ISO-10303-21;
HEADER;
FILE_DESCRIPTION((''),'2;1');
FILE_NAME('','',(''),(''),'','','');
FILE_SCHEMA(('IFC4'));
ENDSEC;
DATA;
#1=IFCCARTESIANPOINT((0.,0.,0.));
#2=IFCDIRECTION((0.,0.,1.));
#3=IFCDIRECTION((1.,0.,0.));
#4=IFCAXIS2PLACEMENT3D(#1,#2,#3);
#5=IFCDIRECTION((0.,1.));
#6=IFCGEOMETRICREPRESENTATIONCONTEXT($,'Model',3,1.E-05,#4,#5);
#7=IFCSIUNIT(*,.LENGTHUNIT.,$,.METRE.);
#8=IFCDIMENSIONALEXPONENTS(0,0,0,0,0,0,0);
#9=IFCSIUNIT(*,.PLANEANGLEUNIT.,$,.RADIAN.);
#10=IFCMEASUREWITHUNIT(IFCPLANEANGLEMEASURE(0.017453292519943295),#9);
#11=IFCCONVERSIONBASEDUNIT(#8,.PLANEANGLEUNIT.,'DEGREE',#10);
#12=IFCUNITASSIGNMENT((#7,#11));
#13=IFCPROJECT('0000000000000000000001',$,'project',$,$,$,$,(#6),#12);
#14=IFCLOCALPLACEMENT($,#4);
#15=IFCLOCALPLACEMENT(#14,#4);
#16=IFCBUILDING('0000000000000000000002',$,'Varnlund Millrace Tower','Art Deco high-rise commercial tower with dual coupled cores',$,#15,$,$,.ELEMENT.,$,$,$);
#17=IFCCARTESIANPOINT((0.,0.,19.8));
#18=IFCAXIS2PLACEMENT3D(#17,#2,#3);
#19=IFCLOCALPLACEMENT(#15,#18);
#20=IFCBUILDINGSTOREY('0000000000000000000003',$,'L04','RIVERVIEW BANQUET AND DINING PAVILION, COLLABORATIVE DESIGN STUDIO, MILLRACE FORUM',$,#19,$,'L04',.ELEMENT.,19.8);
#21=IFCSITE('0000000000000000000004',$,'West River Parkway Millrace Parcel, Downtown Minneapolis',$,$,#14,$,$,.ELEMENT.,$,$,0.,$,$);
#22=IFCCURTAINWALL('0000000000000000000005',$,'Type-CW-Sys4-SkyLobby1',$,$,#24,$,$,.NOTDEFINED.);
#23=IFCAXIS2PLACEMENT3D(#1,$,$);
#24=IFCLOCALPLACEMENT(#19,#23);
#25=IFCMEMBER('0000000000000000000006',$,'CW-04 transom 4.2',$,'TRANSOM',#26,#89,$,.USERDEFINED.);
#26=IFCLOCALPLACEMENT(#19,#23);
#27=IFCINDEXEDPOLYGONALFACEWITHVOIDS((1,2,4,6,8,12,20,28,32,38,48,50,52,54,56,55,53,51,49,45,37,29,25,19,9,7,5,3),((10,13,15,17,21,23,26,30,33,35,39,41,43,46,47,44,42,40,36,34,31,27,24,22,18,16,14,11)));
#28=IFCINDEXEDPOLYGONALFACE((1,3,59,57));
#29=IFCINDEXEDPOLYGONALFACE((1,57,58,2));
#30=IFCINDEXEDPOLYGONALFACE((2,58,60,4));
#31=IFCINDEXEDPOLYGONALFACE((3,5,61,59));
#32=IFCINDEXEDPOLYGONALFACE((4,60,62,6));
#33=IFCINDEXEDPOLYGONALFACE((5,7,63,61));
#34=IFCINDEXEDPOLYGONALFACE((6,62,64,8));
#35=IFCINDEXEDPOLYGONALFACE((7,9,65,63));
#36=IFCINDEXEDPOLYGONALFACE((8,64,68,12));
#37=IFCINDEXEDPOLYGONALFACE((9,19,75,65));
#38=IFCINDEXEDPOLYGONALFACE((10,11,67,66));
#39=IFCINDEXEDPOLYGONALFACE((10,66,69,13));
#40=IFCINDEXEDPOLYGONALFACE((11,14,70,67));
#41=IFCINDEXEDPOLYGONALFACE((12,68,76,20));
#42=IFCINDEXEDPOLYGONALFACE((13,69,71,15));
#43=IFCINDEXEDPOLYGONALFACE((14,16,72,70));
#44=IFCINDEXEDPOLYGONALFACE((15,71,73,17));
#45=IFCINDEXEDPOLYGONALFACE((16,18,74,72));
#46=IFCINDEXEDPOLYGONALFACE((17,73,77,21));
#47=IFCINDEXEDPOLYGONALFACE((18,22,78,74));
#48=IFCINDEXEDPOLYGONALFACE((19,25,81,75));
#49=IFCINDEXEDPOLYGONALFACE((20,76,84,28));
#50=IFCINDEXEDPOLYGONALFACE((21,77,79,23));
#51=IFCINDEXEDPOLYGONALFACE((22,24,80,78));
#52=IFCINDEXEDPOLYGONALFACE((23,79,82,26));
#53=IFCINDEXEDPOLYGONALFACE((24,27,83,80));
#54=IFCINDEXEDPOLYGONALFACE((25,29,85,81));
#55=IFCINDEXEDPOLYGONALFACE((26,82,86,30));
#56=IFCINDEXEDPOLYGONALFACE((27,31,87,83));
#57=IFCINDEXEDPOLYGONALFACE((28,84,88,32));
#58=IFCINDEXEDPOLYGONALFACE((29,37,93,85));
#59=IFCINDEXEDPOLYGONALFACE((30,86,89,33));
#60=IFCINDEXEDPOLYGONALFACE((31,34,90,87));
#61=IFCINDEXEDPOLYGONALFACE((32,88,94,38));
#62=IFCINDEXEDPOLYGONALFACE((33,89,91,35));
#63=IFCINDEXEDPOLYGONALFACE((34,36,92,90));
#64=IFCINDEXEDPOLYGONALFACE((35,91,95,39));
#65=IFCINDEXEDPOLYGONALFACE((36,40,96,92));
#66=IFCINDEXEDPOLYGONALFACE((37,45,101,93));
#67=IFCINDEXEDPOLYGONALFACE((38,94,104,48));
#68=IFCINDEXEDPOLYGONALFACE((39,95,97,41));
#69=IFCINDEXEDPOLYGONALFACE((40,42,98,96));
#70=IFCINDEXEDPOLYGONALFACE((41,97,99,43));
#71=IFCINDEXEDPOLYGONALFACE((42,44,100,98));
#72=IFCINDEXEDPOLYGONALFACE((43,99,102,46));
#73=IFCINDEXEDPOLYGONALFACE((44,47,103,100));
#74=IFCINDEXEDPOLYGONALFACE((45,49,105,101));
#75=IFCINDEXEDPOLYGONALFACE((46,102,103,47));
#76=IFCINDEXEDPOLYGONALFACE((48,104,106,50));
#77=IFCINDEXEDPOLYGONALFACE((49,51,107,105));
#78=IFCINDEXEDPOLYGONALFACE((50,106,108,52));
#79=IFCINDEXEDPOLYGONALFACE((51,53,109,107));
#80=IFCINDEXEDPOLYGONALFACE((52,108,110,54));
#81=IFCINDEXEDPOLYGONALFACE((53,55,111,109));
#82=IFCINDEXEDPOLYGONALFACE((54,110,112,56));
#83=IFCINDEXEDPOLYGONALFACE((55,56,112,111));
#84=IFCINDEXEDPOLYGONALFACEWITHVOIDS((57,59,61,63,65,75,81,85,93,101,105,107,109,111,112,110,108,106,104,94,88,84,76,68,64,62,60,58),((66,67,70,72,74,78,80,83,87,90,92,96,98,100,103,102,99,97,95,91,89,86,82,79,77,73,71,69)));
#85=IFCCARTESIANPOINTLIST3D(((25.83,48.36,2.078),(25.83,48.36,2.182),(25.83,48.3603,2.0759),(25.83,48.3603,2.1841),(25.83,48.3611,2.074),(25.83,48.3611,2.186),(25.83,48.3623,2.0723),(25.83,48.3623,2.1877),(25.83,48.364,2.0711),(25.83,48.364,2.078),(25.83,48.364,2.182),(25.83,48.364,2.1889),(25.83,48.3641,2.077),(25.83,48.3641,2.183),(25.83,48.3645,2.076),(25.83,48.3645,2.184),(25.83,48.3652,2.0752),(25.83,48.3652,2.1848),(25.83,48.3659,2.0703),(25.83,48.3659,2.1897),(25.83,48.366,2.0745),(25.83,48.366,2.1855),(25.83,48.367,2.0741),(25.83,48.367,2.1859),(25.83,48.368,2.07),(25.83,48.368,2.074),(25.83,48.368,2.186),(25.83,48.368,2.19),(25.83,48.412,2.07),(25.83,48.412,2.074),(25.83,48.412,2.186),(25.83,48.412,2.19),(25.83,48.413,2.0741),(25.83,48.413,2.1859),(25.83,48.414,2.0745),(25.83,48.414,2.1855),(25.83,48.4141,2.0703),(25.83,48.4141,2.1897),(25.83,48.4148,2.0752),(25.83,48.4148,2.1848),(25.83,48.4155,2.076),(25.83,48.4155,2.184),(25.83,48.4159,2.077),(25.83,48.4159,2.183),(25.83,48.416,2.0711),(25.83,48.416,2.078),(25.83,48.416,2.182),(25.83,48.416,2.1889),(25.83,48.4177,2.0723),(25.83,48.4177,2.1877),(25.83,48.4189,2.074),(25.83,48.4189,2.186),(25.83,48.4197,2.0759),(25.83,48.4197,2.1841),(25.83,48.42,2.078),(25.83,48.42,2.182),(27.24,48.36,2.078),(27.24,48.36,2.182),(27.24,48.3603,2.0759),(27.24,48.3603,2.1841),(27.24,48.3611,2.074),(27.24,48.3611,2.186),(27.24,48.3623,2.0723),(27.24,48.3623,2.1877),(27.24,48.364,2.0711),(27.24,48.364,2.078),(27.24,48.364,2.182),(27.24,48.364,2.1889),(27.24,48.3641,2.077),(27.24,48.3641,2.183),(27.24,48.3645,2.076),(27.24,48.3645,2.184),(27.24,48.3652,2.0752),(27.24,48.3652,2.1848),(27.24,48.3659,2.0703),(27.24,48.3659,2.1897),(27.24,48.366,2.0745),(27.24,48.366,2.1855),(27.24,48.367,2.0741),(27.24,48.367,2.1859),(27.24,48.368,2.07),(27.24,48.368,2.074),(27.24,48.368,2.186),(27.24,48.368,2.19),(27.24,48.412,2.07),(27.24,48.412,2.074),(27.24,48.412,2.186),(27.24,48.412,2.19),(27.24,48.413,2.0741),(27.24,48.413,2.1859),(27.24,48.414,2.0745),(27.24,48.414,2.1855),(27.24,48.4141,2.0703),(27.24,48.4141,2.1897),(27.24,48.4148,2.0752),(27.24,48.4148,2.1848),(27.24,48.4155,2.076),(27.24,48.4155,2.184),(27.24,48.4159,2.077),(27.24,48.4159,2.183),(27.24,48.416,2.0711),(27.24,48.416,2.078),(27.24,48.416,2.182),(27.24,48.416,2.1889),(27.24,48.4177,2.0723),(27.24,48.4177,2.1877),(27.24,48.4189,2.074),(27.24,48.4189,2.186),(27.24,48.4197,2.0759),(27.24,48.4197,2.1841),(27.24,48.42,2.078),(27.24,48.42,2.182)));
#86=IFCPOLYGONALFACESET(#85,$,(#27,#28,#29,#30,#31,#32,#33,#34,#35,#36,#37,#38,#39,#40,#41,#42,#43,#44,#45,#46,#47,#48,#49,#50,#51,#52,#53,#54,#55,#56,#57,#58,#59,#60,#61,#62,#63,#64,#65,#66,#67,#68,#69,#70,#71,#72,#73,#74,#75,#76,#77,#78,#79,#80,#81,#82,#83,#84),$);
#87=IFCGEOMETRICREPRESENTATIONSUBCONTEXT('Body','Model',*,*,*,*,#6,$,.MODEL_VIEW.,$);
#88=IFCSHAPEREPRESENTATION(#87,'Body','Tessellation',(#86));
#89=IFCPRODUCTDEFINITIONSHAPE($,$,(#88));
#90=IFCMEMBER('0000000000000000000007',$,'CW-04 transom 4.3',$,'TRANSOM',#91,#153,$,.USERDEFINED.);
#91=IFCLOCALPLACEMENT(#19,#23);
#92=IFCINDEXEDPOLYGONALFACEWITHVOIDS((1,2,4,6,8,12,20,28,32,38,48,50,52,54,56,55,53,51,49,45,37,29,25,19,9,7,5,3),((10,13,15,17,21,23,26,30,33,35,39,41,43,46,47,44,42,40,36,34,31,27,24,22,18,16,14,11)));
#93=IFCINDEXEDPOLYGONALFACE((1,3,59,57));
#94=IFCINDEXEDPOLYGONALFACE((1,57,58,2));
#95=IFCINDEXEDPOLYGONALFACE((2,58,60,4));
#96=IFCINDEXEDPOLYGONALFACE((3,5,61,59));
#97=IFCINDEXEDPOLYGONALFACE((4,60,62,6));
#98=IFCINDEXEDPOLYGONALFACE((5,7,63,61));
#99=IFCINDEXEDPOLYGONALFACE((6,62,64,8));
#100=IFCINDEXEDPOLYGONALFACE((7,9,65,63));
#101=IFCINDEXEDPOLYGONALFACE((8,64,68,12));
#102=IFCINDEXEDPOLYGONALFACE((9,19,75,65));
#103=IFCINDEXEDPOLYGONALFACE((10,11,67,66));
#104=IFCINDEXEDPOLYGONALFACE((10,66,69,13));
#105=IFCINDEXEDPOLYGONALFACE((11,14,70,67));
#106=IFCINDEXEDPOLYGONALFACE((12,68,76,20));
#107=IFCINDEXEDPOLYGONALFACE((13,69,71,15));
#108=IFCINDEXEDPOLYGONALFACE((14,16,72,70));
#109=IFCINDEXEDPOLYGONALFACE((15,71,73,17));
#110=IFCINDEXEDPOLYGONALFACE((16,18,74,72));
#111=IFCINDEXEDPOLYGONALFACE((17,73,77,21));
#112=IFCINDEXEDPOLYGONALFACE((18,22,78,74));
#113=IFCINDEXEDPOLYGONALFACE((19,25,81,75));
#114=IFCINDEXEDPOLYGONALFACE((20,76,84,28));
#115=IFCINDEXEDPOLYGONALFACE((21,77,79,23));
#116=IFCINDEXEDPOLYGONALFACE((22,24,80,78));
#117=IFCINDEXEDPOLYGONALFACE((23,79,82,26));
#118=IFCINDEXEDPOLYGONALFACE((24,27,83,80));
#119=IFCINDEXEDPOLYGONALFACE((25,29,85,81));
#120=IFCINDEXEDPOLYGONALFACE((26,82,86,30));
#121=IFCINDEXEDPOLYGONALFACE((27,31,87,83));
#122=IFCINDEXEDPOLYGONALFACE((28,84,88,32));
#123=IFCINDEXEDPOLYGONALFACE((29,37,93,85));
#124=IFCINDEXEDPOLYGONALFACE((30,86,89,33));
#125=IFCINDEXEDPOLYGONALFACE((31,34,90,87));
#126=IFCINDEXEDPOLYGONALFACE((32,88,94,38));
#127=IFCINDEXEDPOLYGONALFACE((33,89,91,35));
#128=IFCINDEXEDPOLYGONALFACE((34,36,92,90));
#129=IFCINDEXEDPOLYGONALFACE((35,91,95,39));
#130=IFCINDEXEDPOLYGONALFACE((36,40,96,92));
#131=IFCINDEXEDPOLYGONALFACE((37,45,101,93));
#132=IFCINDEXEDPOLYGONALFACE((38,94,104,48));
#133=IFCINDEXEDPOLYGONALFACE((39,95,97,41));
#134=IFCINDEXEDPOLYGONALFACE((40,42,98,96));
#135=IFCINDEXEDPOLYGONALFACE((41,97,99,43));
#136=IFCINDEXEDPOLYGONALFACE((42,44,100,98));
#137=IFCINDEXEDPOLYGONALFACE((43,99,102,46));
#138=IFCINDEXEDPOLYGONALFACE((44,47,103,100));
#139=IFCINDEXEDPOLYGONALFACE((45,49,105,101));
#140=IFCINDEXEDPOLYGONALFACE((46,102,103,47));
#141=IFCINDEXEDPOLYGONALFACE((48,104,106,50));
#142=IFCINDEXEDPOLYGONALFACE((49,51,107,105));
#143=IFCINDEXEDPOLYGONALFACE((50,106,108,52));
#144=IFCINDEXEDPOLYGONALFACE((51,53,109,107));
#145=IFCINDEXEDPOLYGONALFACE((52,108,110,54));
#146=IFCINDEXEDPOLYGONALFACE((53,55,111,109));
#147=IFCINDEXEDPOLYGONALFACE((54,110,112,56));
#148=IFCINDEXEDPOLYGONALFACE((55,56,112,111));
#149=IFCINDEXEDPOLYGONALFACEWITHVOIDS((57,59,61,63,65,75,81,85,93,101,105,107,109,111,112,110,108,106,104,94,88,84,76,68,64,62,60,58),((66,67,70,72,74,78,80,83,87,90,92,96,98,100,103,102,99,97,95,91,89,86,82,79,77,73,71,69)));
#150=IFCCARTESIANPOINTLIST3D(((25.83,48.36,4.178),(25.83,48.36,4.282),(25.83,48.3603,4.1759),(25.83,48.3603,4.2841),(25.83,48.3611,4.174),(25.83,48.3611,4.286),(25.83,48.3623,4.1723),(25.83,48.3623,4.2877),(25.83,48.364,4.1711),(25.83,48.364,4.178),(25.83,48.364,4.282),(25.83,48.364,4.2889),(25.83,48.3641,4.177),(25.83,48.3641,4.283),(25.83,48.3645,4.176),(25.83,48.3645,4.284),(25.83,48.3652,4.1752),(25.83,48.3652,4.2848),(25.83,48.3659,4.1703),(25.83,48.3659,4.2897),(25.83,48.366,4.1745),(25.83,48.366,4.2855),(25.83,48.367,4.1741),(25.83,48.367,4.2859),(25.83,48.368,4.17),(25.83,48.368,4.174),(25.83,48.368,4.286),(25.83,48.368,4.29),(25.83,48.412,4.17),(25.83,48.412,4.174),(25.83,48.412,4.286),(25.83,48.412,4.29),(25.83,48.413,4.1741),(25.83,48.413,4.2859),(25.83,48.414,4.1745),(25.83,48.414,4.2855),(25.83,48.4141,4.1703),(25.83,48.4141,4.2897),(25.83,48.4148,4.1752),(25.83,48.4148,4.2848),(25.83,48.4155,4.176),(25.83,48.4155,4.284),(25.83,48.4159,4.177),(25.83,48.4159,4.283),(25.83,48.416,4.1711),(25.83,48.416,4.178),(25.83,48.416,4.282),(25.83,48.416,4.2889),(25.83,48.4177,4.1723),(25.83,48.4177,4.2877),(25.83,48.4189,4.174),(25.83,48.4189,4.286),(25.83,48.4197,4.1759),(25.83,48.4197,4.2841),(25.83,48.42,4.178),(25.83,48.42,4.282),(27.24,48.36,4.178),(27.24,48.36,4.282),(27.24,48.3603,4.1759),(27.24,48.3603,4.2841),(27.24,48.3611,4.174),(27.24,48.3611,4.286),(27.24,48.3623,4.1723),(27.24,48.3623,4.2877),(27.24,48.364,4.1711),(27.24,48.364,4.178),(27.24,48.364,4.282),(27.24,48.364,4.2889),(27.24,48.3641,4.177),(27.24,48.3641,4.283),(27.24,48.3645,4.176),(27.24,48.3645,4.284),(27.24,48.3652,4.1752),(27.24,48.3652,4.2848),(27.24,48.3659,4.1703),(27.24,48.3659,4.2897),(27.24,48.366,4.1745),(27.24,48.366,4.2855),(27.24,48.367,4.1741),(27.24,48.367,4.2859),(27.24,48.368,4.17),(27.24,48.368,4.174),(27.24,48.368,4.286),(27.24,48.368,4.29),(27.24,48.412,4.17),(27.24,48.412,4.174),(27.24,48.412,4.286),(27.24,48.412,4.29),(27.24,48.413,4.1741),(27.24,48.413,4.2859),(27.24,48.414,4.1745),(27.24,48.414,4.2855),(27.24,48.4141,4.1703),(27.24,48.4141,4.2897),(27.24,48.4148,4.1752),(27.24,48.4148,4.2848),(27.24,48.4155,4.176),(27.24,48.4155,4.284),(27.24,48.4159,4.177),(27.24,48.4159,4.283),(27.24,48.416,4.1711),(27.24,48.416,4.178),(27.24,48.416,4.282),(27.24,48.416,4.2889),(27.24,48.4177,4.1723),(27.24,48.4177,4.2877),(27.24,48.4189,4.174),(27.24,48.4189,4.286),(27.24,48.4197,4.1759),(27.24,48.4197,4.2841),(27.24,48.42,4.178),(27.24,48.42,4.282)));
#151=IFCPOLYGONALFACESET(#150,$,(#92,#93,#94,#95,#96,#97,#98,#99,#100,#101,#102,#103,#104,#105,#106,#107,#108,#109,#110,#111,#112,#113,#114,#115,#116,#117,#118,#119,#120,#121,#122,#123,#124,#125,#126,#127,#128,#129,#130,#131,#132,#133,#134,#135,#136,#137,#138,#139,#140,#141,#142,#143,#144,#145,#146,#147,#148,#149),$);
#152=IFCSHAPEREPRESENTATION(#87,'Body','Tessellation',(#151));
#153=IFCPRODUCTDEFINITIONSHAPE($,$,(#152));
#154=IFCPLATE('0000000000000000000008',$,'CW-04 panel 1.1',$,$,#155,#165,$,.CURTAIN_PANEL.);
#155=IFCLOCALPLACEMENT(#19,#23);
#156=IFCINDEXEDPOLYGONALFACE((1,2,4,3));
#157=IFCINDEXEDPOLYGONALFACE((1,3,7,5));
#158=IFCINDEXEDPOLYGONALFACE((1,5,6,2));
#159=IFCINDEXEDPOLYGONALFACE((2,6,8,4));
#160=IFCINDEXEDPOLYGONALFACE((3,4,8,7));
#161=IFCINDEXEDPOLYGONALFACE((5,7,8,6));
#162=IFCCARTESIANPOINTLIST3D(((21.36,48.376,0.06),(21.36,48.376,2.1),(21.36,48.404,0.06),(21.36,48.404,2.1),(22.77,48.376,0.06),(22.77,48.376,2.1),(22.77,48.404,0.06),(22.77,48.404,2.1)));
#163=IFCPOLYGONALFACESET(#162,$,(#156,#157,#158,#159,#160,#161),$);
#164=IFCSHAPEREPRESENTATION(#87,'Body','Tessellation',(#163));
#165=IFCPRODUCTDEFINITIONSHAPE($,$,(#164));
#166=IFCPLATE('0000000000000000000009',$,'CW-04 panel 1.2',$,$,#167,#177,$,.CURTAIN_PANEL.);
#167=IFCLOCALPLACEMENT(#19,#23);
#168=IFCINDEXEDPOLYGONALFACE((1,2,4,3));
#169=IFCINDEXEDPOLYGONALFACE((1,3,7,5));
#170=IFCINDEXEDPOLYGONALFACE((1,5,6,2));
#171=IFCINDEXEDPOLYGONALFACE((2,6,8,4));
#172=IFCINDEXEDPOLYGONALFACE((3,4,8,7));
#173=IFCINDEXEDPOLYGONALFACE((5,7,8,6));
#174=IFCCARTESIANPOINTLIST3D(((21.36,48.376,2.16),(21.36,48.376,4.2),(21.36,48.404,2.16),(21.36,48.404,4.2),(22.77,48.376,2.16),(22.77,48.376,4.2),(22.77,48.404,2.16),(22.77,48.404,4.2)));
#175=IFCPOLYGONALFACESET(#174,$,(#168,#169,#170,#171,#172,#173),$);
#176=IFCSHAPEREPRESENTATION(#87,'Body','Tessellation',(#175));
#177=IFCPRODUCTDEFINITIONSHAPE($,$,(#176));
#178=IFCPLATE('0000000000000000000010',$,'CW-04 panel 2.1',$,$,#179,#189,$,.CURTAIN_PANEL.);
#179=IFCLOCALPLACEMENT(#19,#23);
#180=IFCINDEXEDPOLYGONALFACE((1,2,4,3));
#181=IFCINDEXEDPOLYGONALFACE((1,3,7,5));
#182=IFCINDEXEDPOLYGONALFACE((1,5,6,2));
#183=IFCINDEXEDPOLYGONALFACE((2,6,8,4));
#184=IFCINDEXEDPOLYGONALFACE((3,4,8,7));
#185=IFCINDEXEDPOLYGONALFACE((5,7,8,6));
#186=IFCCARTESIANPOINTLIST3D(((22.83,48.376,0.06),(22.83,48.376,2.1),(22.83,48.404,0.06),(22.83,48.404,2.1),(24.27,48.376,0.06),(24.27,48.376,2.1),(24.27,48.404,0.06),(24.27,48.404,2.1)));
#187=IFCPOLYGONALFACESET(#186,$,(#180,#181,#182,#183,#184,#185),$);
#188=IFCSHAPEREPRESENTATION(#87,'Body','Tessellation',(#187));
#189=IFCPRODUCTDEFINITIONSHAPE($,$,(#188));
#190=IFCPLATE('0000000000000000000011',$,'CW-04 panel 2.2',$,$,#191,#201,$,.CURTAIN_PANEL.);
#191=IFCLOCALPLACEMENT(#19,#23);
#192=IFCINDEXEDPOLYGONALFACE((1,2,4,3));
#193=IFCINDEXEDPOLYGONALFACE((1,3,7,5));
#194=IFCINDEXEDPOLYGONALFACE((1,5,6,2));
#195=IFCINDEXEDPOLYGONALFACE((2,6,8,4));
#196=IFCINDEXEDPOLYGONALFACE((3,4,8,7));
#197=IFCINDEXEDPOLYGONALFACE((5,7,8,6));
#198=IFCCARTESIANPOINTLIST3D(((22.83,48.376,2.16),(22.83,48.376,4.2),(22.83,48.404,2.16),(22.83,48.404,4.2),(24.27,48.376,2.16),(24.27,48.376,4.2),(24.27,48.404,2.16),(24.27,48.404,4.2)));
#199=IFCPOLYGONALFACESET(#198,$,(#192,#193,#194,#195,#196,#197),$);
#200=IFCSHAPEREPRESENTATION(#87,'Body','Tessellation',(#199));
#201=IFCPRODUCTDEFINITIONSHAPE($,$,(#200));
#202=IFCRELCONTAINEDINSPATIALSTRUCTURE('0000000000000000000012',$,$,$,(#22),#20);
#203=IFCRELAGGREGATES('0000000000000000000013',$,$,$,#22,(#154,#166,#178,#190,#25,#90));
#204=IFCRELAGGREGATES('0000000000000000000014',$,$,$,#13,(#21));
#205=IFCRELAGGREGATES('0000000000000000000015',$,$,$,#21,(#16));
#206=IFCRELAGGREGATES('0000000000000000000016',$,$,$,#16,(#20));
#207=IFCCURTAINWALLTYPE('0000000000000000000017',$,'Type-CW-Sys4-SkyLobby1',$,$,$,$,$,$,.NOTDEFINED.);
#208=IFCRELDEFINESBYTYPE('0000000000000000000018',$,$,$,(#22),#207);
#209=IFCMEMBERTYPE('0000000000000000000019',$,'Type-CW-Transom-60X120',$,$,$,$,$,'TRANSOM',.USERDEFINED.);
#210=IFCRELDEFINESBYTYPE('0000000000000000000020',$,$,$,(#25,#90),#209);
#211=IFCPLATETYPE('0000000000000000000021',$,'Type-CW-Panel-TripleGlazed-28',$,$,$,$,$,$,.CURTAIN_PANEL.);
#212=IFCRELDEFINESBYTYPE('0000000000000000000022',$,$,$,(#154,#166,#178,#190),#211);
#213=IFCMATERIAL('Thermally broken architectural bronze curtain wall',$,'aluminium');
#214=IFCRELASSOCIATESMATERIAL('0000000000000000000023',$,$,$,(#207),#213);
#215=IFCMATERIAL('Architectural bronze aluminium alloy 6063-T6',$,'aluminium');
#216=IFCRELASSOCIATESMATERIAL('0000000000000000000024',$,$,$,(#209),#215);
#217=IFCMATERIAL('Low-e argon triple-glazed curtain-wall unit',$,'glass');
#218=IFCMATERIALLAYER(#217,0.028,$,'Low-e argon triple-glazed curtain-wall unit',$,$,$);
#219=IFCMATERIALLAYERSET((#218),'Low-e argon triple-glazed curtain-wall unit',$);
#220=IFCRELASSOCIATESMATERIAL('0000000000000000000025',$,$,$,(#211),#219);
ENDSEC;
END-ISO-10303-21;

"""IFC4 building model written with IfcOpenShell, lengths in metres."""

from ifc_helpers import new_model, entity, si_unit, converted_unit, direction, frame, origin_with_axes, origin_2d_with_axis, place, context, subcontext, project, spatial, rectangle, hollow_rectangle, extrude, material, layer, layer_set, material_profile, profile_set, type_object, element, aggregate, save


model = new_model("IFC4")

# Units and contexts
model_context = context("Model", 3, precision=1e-05, world=origin_with_axes(), true_north=direction((0.0, 1.0)))
body_context = subcontext(model_context, "Body", "Model", "MODEL_VIEW")
ifc_project = project(units=[si_unit("LENGTHUNIT", "METRE"), converted_unit("PLANEANGLEUNIT", "DEGREE", entity("IfcPlaneAngleMeasure", 0.017453292519943295), si_unit("PLANEANGLEUNIT", "RADIAN"), dimensions=[0, 0, 0, 0, 0, 0, 0])], contexts=[model_context])

# Site, building, storey
site_placement = place(None, origin_with_axes())
site = spatial("IfcSite", under=ifc_project, at=site_placement, Name="West River Parkway Millrace Parcel, Downtown Minneapolis", CompositionType="ELEMENT", RefElevation=0.0)
building_placement = place(site_placement, origin_with_axes())
building = spatial("IfcBuilding", under=site, at=building_placement, Name="Varnlund Millrace Tower", Description="Art Deco high-rise commercial tower with dual coupled cores", CompositionType="ELEMENT")
storey_placement = place(building_placement, frame((0.0, 0.0, 19.8), z_axis=(0.0, 0.0, 1.0), x_axis=(1.0, 0.0, 0.0)))
storey = spatial("IfcBuildingStorey", under=building, at=storey_placement, Name="L04", Description="RIVERVIEW BANQUET AND DINING PAVILION, COLLABORATIVE DESIGN STUDIO, MILLRACE FORUM", LongName="L04", CompositionType="ELEMENT", Elevation=19.8)

# Curtain wall, members, plates
ifc_material_1 = material(Name="Thermally broken architectural bronze curtain wall", Category="aluminium")
curtain_wall_type = type_object("IfcCurtainWallType", Name="Type-CW-Sys4-SkyLobby1", PredefinedType="NOTDEFINED", material=ifc_material_1)
curtain_wall_placement = place(storey_placement, frame((21.3, 48.39, 0.0), z_axis=(0.0, 0.0, 1.0), x_axis=(1.0, 0.0, 0.0)))
curtain_wall = element("IfcCurtainWall", 1, at=curtain_wall_placement, inside=storey, type_object=curtain_wall_type, Name="Type-CW-Sys4-SkyLobby1", PredefinedType="NOTDEFINED")
ifc_material_2 = material(Name="Architectural bronze aluminium alloy 6063-T6", Category="aluminium")
ifc_material_profile_1 = material_profile(ifc_material_2, hollow_rectangle(XDim=0.06, YDim=0.12, WallThickness=0.004, InnerFilletRadius=0.004, OuterFilletRadius=0.008, at=origin_2d_with_axis()), Name="Architectural bronze aluminium alloy 6063-T6")
ifc_profile_set_1 = profile_set([ifc_material_profile_1], Name="Architectural bronze aluminium alloy 6063-T6")
member_type_1 = type_object("IfcMemberType", Name="Type-CW-Transom-60X120", ElementType="TRANSOM", PredefinedType="USERDEFINED", material=ifc_profile_set_1)
member_1_placement = place(storey_placement, frame((25.83, 48.39, 2.13), z_axis=(1.0, 0.0, 0.0), x_axis=(0.0, 1.0, 0.0)))
member_1 = element("IfcMember", 2, at=member_1_placement, type_object=member_type_1, Name="CW-04 transom 4.2", ObjectType="TRANSOM", PredefinedType="USERDEFINED", context=body_context, shape_type="SweptSolid", body=[
    extrude(hollow_rectangle(XDim=0.06, YDim=0.12, WallThickness=0.004, InnerFilletRadius=0.004, OuterFilletRadius=0.008, at=origin_2d_with_axis()), origin_with_axes(), (0.0, 0.0, 1.0), 1.41),
])
member_2_placement = place(storey_placement, frame((25.83, 48.39, 4.23), z_axis=(1.0, 0.0, 0.0), x_axis=(0.0, 1.0, 0.0)))
member_2 = element("IfcMember", 3, at=member_2_placement, type_object=member_type_1, Name="CW-04 transom 4.3", ObjectType="TRANSOM", PredefinedType="USERDEFINED", context=body_context, shape_type="SweptSolid", body=[
    extrude(hollow_rectangle(XDim=0.06, YDim=0.12, WallThickness=0.004, InnerFilletRadius=0.004, OuterFilletRadius=0.008, at=origin_2d_with_axis()), origin_with_axes(), (0.0, 0.0, 1.0), 1.41),
])
ifc_material_3 = material(Name="Low-e argon triple-glazed curtain-wall unit", Category="glass")
ifc_layer = layer(ifc_material_3, 0.028, Name="Low-e argon triple-glazed curtain-wall unit")
ifc_layer_set = layer_set([ifc_layer], Name="Low-e argon triple-glazed curtain-wall unit")
plate_type = type_object("IfcPlateType", Name="Type-CW-Panel-TripleGlazed-28", PredefinedType="CURTAIN_PANEL", material=ifc_layer_set)
plate_1_placement = place(storey_placement, frame((22.065, 48.39, 0.06), z_axis=(0.0, 0.0, 1.0), x_axis=(1.0, 0.0, 0.0)))
plate_1 = element("IfcPlate", 4, at=plate_1_placement, type_object=plate_type, Name="CW-04 panel 1.1", PredefinedType="CURTAIN_PANEL", context=body_context, shape_type="SweptSolid", body=[
    extrude(rectangle(XDim=1.41, YDim=0.028, at=origin_2d_with_axis()), origin_with_axes(), (0.0, 0.0, 1.0), 2.04),
])
plate_2_placement = place(storey_placement, frame((22.065, 48.39, 2.16), z_axis=(0.0, 0.0, 1.0), x_axis=(1.0, 0.0, 0.0)))
plate_2 = element("IfcPlate", 5, at=plate_2_placement, type_object=plate_type, Name="CW-04 panel 1.2", PredefinedType="CURTAIN_PANEL", context=body_context, shape_type="SweptSolid", body=[
    extrude(rectangle(XDim=1.41, YDim=0.028, at=origin_2d_with_axis()), origin_with_axes(), (0.0, 0.0, 1.0), 2.04),
])
plate_3_placement = place(storey_placement, frame((23.55, 48.39, 0.06), z_axis=(0.0, 0.0, 1.0), x_axis=(1.0, 0.0, 0.0)))
plate_3 = element("IfcPlate", 6, at=plate_3_placement, type_object=plate_type, Name="CW-04 panel 2.1", PredefinedType="CURTAIN_PANEL", context=body_context, shape_type="SweptSolid", body=[
    extrude(rectangle(XDim=1.44, YDim=0.028, at=origin_2d_with_axis()), origin_with_axes(), (0.0, 0.0, 1.0), 2.04),
])
plate_4_placement = place(storey_placement, frame((23.55, 48.39, 2.16), z_axis=(0.0, 0.0, 1.0), x_axis=(1.0, 0.0, 0.0)))
plate_4 = element("IfcPlate", 7, at=plate_4_placement, type_object=plate_type, Name="CW-04 panel 2.2", PredefinedType="CURTAIN_PANEL", context=body_context, shape_type="SweptSolid", body=[
    extrude(rectangle(XDim=1.44, YDim=0.028, at=origin_2d_with_axis()), origin_with_axes(), (0.0, 0.0, 1.0), 2.04),
])
aggregate(curtain_wall, [plate_1, plate_2, plate_3, plate_4, member_1, member_2])

save(model, "model.ifc")
